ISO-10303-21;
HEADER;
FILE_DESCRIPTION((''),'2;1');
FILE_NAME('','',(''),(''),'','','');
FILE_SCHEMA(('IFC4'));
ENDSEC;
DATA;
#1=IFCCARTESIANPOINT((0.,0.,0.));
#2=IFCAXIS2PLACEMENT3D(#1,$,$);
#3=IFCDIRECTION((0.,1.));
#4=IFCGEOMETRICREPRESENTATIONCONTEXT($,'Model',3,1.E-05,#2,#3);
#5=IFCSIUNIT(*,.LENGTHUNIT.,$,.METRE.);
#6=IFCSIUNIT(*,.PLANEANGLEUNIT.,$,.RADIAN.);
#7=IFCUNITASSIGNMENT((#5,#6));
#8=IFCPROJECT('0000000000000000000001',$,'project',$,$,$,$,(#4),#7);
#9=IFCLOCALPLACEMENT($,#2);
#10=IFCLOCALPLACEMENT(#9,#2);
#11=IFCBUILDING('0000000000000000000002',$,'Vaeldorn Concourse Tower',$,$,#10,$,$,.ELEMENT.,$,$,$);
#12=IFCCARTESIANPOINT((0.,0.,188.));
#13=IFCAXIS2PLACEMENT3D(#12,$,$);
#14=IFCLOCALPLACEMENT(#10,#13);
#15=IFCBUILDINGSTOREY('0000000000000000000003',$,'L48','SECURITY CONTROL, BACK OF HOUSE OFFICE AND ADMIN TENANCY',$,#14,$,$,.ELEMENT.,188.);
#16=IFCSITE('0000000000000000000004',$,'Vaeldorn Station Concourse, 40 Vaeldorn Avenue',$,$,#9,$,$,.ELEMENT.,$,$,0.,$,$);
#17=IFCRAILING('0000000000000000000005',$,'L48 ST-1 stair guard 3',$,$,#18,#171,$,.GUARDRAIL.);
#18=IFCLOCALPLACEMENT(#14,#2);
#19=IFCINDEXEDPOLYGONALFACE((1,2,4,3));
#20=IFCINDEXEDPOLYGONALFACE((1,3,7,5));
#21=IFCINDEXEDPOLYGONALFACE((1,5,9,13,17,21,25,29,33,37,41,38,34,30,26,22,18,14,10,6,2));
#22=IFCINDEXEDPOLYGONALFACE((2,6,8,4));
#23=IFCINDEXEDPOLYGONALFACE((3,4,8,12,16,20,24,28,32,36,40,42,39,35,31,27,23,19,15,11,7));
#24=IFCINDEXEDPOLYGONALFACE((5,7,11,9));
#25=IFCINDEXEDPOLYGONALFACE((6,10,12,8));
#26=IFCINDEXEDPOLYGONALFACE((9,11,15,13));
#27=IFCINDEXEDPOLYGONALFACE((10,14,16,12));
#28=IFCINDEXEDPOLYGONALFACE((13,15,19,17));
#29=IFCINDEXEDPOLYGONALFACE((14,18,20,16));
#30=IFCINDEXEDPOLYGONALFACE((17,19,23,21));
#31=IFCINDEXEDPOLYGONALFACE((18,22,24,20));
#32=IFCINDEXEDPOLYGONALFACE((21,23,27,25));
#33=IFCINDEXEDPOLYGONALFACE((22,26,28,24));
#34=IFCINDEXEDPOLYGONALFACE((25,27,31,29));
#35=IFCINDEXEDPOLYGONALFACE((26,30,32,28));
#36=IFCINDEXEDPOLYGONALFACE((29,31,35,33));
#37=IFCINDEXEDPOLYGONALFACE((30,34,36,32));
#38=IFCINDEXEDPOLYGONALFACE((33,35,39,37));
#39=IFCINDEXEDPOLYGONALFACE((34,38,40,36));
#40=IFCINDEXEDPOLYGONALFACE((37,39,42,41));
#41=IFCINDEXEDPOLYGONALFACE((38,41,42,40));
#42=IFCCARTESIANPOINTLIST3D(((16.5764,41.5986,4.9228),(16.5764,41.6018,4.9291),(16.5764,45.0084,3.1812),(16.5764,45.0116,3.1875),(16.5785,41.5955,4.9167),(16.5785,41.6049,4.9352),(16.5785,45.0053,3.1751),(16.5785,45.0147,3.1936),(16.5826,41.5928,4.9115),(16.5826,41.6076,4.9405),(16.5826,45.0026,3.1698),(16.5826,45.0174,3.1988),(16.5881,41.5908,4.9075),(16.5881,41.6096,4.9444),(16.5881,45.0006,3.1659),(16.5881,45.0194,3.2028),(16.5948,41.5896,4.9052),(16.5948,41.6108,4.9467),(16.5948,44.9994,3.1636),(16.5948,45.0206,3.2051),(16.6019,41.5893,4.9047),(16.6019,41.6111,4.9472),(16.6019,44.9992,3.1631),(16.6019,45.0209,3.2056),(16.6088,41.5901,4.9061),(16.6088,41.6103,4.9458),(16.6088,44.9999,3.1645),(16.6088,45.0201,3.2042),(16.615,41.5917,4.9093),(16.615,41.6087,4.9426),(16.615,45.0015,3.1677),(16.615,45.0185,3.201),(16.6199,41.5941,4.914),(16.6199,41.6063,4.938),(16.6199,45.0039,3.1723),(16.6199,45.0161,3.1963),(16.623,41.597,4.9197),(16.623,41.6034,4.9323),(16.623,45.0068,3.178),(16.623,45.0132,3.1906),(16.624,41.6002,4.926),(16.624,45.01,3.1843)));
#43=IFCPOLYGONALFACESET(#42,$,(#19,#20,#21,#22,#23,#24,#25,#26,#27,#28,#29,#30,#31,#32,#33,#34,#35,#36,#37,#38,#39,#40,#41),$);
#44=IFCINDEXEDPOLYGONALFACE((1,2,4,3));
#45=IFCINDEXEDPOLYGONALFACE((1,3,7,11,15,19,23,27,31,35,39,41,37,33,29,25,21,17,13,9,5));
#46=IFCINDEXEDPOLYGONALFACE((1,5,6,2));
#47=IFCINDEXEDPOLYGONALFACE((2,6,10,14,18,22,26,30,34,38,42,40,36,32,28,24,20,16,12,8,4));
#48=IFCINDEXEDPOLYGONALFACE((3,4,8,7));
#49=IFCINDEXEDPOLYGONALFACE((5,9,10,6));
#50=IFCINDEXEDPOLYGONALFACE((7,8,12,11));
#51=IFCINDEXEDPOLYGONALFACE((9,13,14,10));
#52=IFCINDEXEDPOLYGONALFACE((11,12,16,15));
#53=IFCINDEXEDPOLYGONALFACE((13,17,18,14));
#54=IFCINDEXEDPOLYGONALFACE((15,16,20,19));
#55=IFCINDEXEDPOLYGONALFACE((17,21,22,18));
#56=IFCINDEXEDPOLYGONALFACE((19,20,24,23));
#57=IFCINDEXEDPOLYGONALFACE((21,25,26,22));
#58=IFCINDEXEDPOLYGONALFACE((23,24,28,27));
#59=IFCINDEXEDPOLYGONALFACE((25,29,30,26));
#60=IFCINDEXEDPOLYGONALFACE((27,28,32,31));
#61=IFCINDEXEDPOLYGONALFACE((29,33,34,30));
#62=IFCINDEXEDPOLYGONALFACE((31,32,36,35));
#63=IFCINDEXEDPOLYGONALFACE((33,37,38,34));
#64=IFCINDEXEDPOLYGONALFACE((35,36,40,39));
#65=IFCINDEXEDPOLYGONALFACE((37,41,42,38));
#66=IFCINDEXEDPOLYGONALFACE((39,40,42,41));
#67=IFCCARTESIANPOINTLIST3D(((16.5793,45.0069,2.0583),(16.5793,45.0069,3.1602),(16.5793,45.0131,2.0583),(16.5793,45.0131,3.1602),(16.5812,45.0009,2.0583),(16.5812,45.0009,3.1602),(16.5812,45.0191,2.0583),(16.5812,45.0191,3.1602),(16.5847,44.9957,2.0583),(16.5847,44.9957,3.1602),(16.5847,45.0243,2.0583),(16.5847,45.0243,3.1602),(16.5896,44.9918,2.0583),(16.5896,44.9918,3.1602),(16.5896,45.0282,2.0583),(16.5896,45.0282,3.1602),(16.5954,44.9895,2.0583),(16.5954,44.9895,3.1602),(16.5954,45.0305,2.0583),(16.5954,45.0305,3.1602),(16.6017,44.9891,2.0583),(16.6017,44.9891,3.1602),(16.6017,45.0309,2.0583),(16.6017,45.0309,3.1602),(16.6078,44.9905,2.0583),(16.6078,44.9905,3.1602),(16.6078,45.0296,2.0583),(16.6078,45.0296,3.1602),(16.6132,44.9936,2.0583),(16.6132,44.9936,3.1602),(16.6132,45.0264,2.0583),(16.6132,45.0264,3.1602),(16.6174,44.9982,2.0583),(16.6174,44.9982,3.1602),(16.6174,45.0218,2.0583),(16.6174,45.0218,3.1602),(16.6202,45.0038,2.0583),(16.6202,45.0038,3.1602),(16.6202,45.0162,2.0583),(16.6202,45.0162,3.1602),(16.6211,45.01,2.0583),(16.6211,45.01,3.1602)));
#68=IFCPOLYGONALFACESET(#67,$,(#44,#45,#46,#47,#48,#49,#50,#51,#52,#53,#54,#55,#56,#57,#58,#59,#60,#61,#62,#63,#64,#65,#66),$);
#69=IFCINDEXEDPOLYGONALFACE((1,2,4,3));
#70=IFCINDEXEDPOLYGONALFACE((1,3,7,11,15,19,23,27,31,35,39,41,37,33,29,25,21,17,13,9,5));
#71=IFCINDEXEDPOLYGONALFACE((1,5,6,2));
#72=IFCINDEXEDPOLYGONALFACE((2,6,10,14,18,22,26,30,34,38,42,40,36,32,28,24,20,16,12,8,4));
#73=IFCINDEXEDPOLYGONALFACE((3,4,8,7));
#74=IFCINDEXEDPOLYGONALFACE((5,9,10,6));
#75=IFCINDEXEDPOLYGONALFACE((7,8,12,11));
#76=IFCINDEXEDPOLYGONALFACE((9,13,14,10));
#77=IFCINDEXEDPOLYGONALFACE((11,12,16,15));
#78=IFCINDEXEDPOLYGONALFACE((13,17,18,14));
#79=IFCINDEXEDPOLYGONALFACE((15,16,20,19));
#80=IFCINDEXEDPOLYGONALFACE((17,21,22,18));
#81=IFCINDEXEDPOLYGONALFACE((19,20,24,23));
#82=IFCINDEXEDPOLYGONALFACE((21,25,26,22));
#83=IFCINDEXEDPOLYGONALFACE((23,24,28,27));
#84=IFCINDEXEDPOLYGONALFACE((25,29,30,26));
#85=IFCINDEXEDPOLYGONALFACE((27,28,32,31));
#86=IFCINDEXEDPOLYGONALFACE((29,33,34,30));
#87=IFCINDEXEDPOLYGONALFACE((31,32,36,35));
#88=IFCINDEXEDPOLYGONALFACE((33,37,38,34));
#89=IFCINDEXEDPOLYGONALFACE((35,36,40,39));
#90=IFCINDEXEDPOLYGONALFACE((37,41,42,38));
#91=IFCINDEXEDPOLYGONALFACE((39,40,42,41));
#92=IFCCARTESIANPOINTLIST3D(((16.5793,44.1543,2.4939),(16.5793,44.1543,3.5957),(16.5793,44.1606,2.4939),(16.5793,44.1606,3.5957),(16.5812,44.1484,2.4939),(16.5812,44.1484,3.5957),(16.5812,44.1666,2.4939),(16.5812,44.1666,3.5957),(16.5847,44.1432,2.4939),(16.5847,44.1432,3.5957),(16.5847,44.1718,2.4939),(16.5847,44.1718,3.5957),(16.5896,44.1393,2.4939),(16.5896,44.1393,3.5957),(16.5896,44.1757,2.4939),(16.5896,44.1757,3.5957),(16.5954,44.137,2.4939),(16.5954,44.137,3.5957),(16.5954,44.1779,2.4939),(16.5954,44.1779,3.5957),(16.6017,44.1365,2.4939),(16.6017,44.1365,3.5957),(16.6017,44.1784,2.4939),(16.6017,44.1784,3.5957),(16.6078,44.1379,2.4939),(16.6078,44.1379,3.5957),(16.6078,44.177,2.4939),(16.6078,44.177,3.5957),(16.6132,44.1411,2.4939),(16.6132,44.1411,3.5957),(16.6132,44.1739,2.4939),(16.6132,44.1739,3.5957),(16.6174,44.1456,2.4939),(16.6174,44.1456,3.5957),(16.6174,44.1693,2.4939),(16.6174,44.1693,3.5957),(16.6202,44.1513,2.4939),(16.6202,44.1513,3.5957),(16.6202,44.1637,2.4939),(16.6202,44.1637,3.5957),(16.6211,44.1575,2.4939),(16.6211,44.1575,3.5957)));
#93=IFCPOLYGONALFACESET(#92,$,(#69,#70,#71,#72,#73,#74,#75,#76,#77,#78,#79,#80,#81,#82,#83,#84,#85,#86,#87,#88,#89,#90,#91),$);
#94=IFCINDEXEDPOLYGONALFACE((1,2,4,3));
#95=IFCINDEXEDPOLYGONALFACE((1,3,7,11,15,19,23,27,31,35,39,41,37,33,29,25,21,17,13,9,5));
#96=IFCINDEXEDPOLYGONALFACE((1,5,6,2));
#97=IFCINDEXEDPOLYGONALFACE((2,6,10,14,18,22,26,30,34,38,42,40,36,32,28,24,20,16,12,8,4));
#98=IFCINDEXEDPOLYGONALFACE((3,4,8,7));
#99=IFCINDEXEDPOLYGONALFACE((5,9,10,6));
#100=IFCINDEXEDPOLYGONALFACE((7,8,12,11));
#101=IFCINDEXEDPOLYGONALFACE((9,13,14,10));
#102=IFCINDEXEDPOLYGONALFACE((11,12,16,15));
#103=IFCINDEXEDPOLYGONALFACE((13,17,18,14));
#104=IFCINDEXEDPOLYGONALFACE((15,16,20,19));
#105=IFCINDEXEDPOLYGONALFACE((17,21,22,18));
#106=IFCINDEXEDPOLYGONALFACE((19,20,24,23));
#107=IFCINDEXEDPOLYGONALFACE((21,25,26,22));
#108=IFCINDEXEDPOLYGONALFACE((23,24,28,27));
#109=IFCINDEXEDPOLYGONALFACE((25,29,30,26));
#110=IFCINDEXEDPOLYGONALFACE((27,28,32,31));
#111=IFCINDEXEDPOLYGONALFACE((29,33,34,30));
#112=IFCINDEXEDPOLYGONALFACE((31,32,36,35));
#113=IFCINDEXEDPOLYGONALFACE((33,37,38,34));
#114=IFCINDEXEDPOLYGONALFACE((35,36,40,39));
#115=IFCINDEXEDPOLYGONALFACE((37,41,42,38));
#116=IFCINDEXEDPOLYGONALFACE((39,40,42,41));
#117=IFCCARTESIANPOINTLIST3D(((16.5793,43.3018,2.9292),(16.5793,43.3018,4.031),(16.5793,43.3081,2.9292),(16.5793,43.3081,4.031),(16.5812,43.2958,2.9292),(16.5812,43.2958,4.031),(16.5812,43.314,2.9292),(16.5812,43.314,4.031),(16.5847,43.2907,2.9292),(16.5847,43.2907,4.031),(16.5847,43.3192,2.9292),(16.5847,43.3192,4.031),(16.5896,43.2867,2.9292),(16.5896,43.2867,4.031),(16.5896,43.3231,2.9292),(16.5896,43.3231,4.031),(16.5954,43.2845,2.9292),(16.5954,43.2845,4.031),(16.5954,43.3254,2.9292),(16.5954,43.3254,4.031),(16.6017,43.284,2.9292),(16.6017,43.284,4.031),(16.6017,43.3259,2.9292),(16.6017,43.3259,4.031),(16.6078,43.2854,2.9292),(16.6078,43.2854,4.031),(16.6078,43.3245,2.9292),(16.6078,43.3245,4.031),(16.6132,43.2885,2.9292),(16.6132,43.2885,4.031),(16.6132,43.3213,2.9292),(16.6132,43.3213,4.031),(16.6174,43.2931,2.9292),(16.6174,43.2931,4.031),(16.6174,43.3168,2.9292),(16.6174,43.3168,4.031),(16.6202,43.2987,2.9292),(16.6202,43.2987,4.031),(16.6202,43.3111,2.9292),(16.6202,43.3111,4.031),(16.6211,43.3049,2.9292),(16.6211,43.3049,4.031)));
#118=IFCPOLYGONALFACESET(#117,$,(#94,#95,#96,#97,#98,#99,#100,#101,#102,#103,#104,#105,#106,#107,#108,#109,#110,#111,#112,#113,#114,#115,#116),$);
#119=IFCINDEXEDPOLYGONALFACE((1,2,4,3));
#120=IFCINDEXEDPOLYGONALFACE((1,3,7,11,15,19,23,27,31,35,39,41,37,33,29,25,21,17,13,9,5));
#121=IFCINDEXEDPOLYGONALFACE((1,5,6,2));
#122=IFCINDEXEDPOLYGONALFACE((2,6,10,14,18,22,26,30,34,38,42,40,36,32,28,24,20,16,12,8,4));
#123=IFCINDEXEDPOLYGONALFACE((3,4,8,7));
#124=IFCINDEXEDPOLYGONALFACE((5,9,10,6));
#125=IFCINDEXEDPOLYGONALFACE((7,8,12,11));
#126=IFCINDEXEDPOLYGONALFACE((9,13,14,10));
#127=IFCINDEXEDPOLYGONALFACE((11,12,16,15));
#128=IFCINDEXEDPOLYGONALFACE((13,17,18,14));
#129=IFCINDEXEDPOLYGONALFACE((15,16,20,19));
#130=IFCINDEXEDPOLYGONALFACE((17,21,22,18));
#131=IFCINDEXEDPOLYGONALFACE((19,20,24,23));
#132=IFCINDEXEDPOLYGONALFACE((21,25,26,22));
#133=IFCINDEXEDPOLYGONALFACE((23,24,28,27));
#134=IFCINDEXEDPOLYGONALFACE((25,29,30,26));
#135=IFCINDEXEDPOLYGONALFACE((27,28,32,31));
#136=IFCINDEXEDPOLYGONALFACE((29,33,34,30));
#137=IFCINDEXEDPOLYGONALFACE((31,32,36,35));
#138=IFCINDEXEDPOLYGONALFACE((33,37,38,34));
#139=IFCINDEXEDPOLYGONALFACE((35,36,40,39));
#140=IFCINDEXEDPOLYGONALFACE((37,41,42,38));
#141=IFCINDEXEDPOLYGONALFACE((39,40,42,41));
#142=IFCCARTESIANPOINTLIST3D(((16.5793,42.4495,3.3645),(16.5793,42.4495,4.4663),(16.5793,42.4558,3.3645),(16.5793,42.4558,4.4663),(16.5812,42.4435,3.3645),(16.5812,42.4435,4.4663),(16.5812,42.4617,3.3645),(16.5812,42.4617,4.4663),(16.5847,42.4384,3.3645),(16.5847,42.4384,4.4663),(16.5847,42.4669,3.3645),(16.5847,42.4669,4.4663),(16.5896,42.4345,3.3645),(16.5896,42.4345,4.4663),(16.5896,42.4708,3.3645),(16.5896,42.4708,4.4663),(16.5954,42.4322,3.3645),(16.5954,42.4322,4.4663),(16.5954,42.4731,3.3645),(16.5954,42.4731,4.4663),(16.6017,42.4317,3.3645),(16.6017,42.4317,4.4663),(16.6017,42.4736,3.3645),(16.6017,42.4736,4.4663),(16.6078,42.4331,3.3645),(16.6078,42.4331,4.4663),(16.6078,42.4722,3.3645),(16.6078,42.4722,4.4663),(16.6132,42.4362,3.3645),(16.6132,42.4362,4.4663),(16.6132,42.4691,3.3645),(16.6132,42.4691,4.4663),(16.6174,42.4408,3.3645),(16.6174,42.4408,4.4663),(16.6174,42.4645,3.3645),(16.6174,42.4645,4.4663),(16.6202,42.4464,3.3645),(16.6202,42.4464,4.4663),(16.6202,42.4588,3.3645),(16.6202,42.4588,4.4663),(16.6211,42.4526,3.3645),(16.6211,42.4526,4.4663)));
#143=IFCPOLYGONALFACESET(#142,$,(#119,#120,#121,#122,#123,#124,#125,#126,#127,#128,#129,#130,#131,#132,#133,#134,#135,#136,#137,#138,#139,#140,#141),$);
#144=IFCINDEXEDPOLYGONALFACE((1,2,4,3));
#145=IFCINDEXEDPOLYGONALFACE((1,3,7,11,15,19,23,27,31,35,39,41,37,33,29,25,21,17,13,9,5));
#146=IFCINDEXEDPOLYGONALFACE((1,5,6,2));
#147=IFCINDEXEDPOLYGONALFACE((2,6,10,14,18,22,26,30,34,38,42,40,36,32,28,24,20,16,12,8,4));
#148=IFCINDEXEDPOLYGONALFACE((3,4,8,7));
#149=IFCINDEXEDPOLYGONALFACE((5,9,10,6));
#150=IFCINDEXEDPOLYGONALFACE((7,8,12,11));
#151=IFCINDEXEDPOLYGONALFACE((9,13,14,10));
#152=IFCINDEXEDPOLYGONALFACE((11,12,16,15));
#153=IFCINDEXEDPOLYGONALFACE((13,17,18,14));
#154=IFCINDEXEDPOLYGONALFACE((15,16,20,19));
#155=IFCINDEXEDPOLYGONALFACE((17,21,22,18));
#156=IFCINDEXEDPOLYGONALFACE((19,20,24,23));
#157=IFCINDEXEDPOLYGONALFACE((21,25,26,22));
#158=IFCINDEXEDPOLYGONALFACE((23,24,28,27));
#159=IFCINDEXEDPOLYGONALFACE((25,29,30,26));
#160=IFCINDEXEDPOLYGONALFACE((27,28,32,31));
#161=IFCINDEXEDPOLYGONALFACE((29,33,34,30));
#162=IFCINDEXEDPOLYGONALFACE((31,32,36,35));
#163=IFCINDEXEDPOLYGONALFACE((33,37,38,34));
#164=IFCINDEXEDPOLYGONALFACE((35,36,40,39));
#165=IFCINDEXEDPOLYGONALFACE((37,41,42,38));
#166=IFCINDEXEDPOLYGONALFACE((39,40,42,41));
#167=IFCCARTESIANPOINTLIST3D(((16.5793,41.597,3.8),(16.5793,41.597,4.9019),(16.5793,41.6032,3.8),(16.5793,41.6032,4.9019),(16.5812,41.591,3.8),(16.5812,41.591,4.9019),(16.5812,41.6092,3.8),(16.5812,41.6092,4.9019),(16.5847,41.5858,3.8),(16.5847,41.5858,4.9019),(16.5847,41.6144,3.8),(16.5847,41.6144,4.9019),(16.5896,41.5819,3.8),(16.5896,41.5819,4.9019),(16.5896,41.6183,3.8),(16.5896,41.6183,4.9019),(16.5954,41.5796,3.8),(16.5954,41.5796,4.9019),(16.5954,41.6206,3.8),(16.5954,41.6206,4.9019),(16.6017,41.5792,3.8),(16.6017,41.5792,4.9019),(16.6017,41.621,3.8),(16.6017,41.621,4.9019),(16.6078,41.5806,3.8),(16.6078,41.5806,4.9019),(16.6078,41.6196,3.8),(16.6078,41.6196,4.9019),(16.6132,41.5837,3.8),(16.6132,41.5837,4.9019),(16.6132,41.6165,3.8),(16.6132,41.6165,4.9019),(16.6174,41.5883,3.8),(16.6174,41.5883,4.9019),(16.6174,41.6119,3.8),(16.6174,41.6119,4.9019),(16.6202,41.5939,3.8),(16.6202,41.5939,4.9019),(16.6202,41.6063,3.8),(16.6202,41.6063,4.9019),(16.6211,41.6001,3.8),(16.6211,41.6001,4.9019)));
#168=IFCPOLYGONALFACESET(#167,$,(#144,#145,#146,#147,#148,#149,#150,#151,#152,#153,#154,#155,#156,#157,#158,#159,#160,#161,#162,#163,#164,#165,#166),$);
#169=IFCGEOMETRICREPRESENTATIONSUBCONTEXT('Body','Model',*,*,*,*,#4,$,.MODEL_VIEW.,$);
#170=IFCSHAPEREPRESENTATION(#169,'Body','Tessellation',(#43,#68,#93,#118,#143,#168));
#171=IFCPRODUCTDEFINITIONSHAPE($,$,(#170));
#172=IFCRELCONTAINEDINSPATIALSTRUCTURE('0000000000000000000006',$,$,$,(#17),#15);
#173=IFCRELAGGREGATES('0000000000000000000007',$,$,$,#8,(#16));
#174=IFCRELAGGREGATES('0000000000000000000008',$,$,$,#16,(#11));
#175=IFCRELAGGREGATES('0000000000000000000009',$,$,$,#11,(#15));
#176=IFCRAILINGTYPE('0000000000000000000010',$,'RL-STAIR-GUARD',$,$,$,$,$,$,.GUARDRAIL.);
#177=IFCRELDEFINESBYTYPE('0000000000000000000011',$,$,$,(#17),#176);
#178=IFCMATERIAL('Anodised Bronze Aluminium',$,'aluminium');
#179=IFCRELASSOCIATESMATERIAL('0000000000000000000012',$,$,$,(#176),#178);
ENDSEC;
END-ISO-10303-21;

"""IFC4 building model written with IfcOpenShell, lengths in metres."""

from ifc_helpers import new_model, si_unit, direction, frame, origin, origin_2d, place, context, subcontext, project, spatial, circle, extrude, material, type_object, element, save


model = new_model("IFC4")

# Units and contexts
model_context = context("Model", 3, precision=1e-05, world=origin(), true_north=direction((0.0, 1.0)))
body_context = subcontext(model_context, "Body", "Model", "MODEL_VIEW")
ifc_project = project(units=[si_unit("LENGTHUNIT", "METRE"), si_unit("PLANEANGLEUNIT", "RADIAN")], contexts=[model_context])

# Site, building, storey
site_placement = place(None, origin())
site = spatial("IfcSite", under=ifc_project, at=site_placement, Name="Vaeldorn Station Concourse, 40 Vaeldorn Avenue", CompositionType="ELEMENT", RefElevation=0.0)
building_placement = place(site_placement, origin())
building = spatial("IfcBuilding", under=site, at=building_placement, Name="Vaeldorn Concourse Tower", CompositionType="ELEMENT")
storey_placement = place(building_placement, frame((0.0, 0.0, 188.0)))
storey = spatial("IfcBuildingStorey", under=building, at=storey_placement, Name="L48", Description="SECURITY CONTROL, BACK OF HOUSE OFFICE AND ADMIN TENANCY", CompositionType="ELEMENT", Elevation=188.0)

# Shared definitions
ifc_material_1 = material(Name="Anodised Bronze Aluminium", Category="aluminium")

# Railing
railing_type_1 = type_object("IfcRailingType", Name="RL-STAIR-GUARD", PredefinedType="GUARDRAIL", material=ifc_material_1)
railing_1_placement = place(storey_placement, frame((16.6001, 45.01, 2.0583)))
element("IfcRailing", 1, at=railing_1_placement, inside=storey, type_object=railing_type_1, Name="L48 ST-1 stair guard 3", PredefinedType="GUARDRAIL", context=body_context, shape_type="SweptSolid", body=[
    extrude(circle(Radius=0.0239, at=origin_2d()), frame((0.0, 0.0, 1.126), z_axis=(0.0, -0.890556, 0.454874), x_axis=(1.0, 0.0, 0.0)), (0.0, 0.0, 1.0), 3.8289),
    extrude(circle(Radius=0.021, at=origin_2d()), origin(), (0.0, 0.0, 1.0), 1.1018),
    extrude(circle(Radius=0.021, at=origin_2d()), frame((0.0, -0.8525, 0.4355)), (0.0, 0.0, 1.0), 1.1018),
    extrude(circle(Radius=0.021, at=origin_2d()), frame((0.0, -1.7051, 0.8708)), (0.0, 0.0, 1.0), 1.1018),
    extrude(circle(Radius=0.021, at=origin_2d()), frame((0.0, -2.5574, 1.3062)), (0.0, 0.0, 1.0), 1.1018),
    extrude(circle(Radius=0.021, at=origin_2d()), frame((0.0, -3.4099, 1.7417)), (0.0, 0.0, 1.0), 1.1018),
])

save(model, "model.ifc")
